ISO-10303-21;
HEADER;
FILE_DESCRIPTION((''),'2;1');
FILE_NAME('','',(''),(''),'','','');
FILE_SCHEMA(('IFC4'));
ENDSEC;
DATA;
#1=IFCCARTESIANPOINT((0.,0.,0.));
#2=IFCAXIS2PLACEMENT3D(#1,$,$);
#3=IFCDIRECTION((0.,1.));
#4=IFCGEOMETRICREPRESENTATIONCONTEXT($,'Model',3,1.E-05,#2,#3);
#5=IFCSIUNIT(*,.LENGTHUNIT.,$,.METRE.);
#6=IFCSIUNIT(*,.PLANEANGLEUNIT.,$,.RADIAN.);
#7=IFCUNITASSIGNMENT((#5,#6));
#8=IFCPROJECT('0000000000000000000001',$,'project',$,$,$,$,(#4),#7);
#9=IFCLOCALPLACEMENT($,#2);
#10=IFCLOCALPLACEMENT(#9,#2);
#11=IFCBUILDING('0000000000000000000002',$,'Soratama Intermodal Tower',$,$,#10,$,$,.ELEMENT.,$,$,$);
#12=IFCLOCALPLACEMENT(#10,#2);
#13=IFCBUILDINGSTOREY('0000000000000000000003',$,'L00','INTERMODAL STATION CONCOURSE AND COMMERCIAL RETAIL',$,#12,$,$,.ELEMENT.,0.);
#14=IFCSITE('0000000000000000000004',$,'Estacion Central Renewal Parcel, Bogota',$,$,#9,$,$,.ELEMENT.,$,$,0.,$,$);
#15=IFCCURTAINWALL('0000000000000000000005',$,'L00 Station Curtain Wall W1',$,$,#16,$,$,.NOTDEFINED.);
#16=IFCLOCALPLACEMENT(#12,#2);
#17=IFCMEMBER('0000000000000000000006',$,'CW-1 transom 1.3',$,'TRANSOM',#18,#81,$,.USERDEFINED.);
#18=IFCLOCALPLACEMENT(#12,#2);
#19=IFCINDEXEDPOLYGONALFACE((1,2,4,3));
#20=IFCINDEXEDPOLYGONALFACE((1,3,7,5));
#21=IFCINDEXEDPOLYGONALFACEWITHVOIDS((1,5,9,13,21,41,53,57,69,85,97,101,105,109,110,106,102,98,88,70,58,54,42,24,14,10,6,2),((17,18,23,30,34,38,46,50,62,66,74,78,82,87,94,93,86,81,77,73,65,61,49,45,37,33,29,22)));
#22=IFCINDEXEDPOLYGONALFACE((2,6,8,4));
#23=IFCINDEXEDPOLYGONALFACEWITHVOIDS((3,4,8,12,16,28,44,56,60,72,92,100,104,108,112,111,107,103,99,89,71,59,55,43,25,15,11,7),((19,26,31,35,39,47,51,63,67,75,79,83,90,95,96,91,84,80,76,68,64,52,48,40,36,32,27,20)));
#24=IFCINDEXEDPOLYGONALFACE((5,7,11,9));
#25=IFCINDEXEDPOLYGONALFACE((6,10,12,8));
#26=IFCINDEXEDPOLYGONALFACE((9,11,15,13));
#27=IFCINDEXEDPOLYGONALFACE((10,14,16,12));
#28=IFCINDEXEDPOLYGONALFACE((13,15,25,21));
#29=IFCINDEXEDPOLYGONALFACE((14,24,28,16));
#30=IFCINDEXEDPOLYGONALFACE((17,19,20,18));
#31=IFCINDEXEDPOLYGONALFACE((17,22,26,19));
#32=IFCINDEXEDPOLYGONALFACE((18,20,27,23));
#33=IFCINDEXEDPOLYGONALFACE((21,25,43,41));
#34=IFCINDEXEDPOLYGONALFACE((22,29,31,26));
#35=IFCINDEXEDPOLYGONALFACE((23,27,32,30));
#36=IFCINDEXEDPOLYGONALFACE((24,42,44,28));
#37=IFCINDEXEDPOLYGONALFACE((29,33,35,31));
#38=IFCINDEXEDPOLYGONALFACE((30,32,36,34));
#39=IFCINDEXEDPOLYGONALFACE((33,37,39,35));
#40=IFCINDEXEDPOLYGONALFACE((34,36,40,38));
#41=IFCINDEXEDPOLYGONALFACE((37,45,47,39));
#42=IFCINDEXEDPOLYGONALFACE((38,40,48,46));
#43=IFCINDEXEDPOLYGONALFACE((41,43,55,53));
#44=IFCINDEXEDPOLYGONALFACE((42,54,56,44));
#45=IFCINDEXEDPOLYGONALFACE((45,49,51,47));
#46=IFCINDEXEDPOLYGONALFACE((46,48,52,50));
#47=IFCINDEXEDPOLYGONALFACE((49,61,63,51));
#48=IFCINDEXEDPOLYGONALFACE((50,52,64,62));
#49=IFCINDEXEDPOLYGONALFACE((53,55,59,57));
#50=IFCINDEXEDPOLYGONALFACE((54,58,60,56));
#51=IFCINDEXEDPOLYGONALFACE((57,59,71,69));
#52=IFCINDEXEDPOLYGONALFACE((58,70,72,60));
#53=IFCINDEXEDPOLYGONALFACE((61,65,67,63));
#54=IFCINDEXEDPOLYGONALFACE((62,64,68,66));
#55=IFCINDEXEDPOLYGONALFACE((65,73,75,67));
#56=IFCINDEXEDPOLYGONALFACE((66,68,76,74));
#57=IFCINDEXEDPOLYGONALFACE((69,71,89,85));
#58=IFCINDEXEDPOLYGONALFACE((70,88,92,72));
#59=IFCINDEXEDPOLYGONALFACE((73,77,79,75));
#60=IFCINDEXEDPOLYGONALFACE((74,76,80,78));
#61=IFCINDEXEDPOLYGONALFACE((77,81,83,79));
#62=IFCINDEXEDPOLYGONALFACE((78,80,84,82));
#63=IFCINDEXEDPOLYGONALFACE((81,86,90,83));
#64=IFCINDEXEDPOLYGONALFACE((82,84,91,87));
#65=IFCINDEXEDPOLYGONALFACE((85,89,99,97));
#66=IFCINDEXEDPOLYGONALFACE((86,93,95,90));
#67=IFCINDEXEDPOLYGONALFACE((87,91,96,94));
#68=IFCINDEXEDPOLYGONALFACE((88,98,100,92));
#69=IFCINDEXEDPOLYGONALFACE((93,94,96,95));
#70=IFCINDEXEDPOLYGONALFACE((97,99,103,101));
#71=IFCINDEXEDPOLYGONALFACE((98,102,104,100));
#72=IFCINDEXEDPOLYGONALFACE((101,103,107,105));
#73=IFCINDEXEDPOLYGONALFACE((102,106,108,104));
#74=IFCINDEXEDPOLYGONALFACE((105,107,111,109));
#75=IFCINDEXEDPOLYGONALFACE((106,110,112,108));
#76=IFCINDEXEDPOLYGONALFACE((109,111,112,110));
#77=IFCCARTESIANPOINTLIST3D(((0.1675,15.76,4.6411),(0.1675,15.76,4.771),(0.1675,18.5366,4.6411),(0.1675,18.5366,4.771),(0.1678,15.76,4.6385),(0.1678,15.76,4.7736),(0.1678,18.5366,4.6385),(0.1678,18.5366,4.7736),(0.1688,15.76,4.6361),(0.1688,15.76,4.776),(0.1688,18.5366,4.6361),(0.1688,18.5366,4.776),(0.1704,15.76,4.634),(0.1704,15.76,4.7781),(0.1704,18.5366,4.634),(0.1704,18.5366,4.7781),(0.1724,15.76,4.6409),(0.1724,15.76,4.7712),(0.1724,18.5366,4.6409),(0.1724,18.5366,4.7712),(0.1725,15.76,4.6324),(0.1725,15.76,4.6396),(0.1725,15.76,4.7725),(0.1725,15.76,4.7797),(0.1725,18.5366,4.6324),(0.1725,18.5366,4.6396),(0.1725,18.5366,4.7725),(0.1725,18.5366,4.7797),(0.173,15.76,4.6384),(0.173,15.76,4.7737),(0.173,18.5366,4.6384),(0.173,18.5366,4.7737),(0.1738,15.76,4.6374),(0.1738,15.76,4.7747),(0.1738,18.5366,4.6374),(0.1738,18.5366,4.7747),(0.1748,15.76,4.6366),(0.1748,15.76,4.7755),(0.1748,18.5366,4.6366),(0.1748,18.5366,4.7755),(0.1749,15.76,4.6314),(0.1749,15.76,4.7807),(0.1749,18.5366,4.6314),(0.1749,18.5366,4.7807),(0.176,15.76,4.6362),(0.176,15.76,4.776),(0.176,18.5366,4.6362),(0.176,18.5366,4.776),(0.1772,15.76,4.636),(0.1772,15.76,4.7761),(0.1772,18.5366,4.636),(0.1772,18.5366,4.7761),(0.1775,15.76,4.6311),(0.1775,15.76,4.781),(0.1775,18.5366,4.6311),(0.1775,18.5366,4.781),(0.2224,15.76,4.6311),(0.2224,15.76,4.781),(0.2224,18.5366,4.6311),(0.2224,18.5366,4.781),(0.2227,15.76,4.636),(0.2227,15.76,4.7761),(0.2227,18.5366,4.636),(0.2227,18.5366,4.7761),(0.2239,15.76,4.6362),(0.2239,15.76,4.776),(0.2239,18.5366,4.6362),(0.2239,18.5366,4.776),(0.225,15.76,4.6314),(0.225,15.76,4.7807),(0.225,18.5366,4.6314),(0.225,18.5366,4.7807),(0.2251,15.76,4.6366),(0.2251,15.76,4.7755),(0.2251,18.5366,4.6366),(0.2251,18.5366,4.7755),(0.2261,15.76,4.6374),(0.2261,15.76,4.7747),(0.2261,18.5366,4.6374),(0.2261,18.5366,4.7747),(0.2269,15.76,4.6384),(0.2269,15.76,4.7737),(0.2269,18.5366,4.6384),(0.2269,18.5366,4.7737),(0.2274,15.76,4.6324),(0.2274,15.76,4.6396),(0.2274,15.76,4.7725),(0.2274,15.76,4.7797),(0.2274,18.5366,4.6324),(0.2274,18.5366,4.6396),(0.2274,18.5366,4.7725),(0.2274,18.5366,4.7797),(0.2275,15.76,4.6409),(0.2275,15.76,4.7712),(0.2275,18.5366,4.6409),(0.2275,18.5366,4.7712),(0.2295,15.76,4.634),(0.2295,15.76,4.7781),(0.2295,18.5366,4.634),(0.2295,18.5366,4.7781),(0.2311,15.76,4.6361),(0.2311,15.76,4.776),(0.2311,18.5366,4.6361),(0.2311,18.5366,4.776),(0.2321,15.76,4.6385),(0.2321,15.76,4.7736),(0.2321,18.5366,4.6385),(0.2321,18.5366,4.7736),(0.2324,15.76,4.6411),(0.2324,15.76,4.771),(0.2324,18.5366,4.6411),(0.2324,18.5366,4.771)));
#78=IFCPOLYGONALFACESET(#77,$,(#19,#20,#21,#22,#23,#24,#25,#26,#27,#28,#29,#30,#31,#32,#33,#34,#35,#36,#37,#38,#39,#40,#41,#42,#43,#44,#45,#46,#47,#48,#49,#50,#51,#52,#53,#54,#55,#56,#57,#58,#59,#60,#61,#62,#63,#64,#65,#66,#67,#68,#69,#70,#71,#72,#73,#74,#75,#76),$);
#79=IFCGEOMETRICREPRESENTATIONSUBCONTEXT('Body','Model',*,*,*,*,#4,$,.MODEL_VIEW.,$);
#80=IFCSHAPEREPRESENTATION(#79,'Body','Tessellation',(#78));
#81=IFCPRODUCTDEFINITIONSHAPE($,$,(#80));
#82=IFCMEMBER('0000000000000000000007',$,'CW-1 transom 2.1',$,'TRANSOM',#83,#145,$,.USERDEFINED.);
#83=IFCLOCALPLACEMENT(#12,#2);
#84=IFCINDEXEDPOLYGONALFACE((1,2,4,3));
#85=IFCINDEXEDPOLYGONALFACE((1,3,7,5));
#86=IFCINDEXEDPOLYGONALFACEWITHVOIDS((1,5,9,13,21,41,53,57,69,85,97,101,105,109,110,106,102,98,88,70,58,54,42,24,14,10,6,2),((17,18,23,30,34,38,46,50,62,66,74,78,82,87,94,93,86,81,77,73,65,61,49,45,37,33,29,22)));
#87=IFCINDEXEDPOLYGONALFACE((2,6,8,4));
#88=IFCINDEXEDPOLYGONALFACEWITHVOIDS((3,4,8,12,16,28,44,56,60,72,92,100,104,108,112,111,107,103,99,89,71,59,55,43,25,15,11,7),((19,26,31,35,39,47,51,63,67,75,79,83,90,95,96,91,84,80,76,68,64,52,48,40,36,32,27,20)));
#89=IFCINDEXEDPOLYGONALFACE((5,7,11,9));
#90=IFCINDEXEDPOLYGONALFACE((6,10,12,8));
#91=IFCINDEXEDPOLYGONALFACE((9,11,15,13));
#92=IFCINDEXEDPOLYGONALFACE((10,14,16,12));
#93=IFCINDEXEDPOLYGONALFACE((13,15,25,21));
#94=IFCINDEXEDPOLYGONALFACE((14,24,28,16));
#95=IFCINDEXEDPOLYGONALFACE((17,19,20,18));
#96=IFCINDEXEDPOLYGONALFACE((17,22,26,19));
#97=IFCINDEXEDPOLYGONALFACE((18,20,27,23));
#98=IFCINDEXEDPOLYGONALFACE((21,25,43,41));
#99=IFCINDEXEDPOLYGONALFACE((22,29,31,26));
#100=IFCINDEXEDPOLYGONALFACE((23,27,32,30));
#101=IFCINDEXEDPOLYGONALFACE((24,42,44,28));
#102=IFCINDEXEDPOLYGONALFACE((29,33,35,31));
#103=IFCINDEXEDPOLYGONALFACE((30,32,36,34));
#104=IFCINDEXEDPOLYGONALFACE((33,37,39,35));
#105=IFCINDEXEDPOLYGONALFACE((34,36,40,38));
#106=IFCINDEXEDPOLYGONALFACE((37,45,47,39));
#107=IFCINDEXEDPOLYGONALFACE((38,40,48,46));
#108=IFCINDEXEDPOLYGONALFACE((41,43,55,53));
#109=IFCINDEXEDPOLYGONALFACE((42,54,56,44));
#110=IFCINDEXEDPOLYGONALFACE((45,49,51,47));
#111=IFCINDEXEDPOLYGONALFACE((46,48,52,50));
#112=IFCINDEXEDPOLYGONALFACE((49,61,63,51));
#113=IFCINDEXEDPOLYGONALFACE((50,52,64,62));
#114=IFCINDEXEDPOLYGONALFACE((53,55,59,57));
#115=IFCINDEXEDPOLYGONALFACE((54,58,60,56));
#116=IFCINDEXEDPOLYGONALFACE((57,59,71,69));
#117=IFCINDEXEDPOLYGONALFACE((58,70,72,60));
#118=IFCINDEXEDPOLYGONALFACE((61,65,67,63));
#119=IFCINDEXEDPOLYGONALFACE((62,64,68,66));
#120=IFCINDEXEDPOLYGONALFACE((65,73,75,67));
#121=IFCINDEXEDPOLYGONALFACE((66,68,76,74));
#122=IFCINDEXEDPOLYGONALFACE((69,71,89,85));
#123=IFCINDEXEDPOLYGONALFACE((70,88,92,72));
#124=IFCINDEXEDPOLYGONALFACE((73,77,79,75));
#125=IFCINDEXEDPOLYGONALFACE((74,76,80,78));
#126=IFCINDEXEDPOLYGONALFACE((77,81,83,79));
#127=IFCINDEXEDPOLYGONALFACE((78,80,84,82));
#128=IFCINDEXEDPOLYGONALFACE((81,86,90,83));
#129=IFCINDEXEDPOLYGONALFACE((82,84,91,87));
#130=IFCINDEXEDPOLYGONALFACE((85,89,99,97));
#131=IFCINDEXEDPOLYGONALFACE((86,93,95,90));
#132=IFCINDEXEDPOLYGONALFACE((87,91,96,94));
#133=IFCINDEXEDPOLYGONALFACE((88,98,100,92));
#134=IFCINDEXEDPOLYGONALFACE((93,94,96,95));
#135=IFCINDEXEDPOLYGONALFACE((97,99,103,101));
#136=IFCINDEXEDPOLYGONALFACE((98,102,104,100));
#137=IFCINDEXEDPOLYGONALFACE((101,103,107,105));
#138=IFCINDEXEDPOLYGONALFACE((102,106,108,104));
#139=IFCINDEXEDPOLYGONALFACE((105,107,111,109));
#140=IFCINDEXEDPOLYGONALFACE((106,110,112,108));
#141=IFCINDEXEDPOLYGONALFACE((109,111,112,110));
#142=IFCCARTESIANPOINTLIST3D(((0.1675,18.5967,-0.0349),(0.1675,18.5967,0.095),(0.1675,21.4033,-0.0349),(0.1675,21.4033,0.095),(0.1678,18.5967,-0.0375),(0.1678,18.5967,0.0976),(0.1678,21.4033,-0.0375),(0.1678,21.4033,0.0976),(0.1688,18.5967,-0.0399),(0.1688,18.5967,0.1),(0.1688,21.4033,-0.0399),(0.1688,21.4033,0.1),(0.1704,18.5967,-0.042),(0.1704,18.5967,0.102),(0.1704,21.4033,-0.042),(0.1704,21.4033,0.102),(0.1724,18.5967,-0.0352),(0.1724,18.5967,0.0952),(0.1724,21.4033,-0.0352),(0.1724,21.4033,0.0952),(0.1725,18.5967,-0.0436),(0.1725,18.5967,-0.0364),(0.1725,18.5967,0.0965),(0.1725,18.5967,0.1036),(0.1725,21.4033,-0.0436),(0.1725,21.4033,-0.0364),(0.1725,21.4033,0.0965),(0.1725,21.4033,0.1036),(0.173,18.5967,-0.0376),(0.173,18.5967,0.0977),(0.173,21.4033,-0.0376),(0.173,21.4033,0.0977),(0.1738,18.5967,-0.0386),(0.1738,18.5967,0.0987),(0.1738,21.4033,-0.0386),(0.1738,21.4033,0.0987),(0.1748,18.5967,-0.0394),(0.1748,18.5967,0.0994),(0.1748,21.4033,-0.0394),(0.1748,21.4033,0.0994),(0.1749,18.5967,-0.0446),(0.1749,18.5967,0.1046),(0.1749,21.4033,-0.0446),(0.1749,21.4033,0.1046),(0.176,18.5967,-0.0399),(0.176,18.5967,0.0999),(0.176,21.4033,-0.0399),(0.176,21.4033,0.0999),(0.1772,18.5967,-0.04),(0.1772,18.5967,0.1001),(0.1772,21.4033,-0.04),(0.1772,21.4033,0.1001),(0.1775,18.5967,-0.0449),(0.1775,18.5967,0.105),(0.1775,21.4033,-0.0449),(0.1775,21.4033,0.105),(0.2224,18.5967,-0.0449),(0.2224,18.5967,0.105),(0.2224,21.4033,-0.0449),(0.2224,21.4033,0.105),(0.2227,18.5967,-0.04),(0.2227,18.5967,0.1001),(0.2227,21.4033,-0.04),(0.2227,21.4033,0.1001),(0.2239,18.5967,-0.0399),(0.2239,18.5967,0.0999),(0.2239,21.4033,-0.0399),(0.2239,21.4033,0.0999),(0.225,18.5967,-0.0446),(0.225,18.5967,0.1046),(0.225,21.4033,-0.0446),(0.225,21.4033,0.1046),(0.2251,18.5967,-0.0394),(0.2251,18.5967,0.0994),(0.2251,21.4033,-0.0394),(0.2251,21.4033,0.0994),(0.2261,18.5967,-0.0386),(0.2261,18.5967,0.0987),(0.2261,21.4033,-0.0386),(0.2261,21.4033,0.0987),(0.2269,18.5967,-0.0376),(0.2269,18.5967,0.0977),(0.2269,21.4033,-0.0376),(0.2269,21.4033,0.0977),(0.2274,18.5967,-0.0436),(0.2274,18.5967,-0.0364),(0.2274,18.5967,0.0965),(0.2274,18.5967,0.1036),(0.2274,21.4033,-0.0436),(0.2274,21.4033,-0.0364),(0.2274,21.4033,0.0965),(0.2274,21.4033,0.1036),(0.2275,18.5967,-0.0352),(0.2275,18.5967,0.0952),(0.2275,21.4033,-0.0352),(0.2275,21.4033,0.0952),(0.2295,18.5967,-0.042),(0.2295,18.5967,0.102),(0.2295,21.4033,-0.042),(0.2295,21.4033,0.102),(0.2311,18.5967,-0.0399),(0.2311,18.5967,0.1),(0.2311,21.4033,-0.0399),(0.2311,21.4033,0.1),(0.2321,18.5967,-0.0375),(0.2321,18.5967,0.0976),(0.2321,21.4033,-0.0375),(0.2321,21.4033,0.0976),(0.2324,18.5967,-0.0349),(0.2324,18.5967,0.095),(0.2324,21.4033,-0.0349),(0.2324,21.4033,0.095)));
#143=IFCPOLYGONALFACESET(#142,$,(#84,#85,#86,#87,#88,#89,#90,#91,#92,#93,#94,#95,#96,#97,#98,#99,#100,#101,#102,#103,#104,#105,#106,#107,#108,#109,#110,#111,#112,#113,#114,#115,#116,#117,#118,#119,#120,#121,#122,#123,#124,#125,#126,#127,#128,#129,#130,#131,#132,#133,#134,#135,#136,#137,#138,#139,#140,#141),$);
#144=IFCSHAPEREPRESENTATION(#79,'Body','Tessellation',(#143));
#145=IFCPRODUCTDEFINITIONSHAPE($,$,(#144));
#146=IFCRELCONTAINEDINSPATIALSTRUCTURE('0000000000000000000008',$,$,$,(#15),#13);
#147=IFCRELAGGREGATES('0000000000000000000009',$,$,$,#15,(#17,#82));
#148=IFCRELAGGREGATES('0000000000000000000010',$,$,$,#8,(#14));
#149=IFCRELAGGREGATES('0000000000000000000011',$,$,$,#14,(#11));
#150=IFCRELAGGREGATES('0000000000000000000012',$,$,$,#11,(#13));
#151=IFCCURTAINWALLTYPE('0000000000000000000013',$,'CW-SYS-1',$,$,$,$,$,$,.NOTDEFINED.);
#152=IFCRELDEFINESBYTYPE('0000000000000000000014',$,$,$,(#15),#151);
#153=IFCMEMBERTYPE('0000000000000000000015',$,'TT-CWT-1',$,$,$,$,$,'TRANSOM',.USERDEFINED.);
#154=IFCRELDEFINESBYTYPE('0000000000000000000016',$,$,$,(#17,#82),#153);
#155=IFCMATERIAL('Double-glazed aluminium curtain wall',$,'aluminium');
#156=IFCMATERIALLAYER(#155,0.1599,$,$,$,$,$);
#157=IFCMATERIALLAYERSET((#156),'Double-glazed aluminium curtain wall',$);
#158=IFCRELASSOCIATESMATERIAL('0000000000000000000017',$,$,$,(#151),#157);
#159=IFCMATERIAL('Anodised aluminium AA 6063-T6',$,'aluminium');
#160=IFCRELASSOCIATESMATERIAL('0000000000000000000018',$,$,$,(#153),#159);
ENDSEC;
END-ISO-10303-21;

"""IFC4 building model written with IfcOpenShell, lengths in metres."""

from ifc_helpers import new_model, si_unit, direction, frame, origin, origin_2d, place, context, subcontext, project, spatial, hollow_rectangle, extrude, material, layer, layer_set, material_profile, profile_set, type_object, element, aggregate, save


model = new_model("IFC4")

# Units and contexts
model_context = context("Model", 3, precision=1e-05, world=origin(), true_north=direction((0.0, 1.0)))
body_context = subcontext(model_context, "Body", "Model", "MODEL_VIEW")
ifc_project = project(units=[si_unit("LENGTHUNIT", "METRE"), si_unit("PLANEANGLEUNIT", "RADIAN")], contexts=[model_context])

# Site, building, storey
site_placement = place(None, origin())
site = spatial("IfcSite", under=ifc_project, at=site_placement, Name="Estacion Central Renewal Parcel, Bogota", CompositionType="ELEMENT", RefElevation=0.0)
building_placement = place(site_placement, origin())
building = spatial("IfcBuilding", under=site, at=building_placement, Name="Soratama Intermodal Tower", CompositionType="ELEMENT")
storey_placement = place(building_placement, origin())
storey = spatial("IfcBuildingStorey", under=building, at=storey_placement, Name="L00", Description="INTERMODAL STATION CONCOURSE AND COMMERCIAL RETAIL", CompositionType="ELEMENT", Elevation=0.0)

# Curtain wall, members
ifc_material_1 = material(Name="Double-glazed aluminium curtain wall", Category="aluminium")
ifc_layer_1 = layer(ifc_material_1, 0.1599)
ifc_layer_set_1 = layer_set([ifc_layer_1], Name="Double-glazed aluminium curtain wall")
curtain_wall_type = type_object("IfcCurtainWallType", Name="CW-SYS-1", PredefinedType="NOTDEFINED", material=ifc_layer_set_1)
curtain_wall_placement = place(storey_placement, origin())
curtain_wall = element("IfcCurtainWall", 1, at=curtain_wall_placement, inside=storey, type_object=curtain_wall_type, Name="L00 Station Curtain Wall W1", PredefinedType="NOTDEFINED")
ifc_material_2 = material(Name="Anodised aluminium AA 6063-T6", Category="aluminium")
ifc_material_profile_1 = material_profile(ifc_material_2, hollow_rectangle(XDim=0.0649, YDim=0.1499, WallThickness=0.0049, InnerFilletRadius=0.0049, OuterFilletRadius=0.01, at=origin_2d()), Name="CWT150X65X5")
ifc_profile_set_1 = profile_set([ifc_material_profile_1], Name="Anodised aluminium AA 6063-T6")
member_type_1 = type_object("IfcMemberType", Name="TT-CWT-1", ElementType="TRANSOM", PredefinedType="USERDEFINED", material=ifc_profile_set_1)
member_1_placement = place(storey_placement, frame((0.2, 15.76, 4.7061), z_axis=(0.0, 1.0, 0.0), x_axis=(-1.0, 0.0, 0.0)))
member_1 = element("IfcMember", 2, at=member_1_placement, type_object=member_type_1, Name="CW-1 transom 1.3", ObjectType="TRANSOM", PredefinedType="USERDEFINED", context=body_context, shape_type="SweptSolid", body=[
    extrude(hollow_rectangle(XDim=0.0649, YDim=0.1499, WallThickness=0.0049, InnerFilletRadius=0.0049, OuterFilletRadius=0.01, at=origin_2d()), origin(), (0.0, 0.0, 1.0), 2.7766),
])
member_2_placement = place(storey_placement, frame((0.2, 18.5967, 0.03), z_axis=(0.0, 1.0, 0.0), x_axis=(-1.0, 0.0, 0.0)))
member_2 = element("IfcMember", 3, at=member_2_placement, type_object=member_type_1, Name="CW-1 transom 2.1", ObjectType="TRANSOM", PredefinedType="USERDEFINED", context=body_context, shape_type="SweptSolid", body=[
    extrude(hollow_rectangle(XDim=0.0649, YDim=0.1499, WallThickness=0.0049, InnerFilletRadius=0.0049, OuterFilletRadius=0.01, at=origin_2d()), origin(), (0.0, 0.0, 1.0), 2.8066),
])
aggregate(curtain_wall, [member_1, member_2])

save(model, "model.ifc")
